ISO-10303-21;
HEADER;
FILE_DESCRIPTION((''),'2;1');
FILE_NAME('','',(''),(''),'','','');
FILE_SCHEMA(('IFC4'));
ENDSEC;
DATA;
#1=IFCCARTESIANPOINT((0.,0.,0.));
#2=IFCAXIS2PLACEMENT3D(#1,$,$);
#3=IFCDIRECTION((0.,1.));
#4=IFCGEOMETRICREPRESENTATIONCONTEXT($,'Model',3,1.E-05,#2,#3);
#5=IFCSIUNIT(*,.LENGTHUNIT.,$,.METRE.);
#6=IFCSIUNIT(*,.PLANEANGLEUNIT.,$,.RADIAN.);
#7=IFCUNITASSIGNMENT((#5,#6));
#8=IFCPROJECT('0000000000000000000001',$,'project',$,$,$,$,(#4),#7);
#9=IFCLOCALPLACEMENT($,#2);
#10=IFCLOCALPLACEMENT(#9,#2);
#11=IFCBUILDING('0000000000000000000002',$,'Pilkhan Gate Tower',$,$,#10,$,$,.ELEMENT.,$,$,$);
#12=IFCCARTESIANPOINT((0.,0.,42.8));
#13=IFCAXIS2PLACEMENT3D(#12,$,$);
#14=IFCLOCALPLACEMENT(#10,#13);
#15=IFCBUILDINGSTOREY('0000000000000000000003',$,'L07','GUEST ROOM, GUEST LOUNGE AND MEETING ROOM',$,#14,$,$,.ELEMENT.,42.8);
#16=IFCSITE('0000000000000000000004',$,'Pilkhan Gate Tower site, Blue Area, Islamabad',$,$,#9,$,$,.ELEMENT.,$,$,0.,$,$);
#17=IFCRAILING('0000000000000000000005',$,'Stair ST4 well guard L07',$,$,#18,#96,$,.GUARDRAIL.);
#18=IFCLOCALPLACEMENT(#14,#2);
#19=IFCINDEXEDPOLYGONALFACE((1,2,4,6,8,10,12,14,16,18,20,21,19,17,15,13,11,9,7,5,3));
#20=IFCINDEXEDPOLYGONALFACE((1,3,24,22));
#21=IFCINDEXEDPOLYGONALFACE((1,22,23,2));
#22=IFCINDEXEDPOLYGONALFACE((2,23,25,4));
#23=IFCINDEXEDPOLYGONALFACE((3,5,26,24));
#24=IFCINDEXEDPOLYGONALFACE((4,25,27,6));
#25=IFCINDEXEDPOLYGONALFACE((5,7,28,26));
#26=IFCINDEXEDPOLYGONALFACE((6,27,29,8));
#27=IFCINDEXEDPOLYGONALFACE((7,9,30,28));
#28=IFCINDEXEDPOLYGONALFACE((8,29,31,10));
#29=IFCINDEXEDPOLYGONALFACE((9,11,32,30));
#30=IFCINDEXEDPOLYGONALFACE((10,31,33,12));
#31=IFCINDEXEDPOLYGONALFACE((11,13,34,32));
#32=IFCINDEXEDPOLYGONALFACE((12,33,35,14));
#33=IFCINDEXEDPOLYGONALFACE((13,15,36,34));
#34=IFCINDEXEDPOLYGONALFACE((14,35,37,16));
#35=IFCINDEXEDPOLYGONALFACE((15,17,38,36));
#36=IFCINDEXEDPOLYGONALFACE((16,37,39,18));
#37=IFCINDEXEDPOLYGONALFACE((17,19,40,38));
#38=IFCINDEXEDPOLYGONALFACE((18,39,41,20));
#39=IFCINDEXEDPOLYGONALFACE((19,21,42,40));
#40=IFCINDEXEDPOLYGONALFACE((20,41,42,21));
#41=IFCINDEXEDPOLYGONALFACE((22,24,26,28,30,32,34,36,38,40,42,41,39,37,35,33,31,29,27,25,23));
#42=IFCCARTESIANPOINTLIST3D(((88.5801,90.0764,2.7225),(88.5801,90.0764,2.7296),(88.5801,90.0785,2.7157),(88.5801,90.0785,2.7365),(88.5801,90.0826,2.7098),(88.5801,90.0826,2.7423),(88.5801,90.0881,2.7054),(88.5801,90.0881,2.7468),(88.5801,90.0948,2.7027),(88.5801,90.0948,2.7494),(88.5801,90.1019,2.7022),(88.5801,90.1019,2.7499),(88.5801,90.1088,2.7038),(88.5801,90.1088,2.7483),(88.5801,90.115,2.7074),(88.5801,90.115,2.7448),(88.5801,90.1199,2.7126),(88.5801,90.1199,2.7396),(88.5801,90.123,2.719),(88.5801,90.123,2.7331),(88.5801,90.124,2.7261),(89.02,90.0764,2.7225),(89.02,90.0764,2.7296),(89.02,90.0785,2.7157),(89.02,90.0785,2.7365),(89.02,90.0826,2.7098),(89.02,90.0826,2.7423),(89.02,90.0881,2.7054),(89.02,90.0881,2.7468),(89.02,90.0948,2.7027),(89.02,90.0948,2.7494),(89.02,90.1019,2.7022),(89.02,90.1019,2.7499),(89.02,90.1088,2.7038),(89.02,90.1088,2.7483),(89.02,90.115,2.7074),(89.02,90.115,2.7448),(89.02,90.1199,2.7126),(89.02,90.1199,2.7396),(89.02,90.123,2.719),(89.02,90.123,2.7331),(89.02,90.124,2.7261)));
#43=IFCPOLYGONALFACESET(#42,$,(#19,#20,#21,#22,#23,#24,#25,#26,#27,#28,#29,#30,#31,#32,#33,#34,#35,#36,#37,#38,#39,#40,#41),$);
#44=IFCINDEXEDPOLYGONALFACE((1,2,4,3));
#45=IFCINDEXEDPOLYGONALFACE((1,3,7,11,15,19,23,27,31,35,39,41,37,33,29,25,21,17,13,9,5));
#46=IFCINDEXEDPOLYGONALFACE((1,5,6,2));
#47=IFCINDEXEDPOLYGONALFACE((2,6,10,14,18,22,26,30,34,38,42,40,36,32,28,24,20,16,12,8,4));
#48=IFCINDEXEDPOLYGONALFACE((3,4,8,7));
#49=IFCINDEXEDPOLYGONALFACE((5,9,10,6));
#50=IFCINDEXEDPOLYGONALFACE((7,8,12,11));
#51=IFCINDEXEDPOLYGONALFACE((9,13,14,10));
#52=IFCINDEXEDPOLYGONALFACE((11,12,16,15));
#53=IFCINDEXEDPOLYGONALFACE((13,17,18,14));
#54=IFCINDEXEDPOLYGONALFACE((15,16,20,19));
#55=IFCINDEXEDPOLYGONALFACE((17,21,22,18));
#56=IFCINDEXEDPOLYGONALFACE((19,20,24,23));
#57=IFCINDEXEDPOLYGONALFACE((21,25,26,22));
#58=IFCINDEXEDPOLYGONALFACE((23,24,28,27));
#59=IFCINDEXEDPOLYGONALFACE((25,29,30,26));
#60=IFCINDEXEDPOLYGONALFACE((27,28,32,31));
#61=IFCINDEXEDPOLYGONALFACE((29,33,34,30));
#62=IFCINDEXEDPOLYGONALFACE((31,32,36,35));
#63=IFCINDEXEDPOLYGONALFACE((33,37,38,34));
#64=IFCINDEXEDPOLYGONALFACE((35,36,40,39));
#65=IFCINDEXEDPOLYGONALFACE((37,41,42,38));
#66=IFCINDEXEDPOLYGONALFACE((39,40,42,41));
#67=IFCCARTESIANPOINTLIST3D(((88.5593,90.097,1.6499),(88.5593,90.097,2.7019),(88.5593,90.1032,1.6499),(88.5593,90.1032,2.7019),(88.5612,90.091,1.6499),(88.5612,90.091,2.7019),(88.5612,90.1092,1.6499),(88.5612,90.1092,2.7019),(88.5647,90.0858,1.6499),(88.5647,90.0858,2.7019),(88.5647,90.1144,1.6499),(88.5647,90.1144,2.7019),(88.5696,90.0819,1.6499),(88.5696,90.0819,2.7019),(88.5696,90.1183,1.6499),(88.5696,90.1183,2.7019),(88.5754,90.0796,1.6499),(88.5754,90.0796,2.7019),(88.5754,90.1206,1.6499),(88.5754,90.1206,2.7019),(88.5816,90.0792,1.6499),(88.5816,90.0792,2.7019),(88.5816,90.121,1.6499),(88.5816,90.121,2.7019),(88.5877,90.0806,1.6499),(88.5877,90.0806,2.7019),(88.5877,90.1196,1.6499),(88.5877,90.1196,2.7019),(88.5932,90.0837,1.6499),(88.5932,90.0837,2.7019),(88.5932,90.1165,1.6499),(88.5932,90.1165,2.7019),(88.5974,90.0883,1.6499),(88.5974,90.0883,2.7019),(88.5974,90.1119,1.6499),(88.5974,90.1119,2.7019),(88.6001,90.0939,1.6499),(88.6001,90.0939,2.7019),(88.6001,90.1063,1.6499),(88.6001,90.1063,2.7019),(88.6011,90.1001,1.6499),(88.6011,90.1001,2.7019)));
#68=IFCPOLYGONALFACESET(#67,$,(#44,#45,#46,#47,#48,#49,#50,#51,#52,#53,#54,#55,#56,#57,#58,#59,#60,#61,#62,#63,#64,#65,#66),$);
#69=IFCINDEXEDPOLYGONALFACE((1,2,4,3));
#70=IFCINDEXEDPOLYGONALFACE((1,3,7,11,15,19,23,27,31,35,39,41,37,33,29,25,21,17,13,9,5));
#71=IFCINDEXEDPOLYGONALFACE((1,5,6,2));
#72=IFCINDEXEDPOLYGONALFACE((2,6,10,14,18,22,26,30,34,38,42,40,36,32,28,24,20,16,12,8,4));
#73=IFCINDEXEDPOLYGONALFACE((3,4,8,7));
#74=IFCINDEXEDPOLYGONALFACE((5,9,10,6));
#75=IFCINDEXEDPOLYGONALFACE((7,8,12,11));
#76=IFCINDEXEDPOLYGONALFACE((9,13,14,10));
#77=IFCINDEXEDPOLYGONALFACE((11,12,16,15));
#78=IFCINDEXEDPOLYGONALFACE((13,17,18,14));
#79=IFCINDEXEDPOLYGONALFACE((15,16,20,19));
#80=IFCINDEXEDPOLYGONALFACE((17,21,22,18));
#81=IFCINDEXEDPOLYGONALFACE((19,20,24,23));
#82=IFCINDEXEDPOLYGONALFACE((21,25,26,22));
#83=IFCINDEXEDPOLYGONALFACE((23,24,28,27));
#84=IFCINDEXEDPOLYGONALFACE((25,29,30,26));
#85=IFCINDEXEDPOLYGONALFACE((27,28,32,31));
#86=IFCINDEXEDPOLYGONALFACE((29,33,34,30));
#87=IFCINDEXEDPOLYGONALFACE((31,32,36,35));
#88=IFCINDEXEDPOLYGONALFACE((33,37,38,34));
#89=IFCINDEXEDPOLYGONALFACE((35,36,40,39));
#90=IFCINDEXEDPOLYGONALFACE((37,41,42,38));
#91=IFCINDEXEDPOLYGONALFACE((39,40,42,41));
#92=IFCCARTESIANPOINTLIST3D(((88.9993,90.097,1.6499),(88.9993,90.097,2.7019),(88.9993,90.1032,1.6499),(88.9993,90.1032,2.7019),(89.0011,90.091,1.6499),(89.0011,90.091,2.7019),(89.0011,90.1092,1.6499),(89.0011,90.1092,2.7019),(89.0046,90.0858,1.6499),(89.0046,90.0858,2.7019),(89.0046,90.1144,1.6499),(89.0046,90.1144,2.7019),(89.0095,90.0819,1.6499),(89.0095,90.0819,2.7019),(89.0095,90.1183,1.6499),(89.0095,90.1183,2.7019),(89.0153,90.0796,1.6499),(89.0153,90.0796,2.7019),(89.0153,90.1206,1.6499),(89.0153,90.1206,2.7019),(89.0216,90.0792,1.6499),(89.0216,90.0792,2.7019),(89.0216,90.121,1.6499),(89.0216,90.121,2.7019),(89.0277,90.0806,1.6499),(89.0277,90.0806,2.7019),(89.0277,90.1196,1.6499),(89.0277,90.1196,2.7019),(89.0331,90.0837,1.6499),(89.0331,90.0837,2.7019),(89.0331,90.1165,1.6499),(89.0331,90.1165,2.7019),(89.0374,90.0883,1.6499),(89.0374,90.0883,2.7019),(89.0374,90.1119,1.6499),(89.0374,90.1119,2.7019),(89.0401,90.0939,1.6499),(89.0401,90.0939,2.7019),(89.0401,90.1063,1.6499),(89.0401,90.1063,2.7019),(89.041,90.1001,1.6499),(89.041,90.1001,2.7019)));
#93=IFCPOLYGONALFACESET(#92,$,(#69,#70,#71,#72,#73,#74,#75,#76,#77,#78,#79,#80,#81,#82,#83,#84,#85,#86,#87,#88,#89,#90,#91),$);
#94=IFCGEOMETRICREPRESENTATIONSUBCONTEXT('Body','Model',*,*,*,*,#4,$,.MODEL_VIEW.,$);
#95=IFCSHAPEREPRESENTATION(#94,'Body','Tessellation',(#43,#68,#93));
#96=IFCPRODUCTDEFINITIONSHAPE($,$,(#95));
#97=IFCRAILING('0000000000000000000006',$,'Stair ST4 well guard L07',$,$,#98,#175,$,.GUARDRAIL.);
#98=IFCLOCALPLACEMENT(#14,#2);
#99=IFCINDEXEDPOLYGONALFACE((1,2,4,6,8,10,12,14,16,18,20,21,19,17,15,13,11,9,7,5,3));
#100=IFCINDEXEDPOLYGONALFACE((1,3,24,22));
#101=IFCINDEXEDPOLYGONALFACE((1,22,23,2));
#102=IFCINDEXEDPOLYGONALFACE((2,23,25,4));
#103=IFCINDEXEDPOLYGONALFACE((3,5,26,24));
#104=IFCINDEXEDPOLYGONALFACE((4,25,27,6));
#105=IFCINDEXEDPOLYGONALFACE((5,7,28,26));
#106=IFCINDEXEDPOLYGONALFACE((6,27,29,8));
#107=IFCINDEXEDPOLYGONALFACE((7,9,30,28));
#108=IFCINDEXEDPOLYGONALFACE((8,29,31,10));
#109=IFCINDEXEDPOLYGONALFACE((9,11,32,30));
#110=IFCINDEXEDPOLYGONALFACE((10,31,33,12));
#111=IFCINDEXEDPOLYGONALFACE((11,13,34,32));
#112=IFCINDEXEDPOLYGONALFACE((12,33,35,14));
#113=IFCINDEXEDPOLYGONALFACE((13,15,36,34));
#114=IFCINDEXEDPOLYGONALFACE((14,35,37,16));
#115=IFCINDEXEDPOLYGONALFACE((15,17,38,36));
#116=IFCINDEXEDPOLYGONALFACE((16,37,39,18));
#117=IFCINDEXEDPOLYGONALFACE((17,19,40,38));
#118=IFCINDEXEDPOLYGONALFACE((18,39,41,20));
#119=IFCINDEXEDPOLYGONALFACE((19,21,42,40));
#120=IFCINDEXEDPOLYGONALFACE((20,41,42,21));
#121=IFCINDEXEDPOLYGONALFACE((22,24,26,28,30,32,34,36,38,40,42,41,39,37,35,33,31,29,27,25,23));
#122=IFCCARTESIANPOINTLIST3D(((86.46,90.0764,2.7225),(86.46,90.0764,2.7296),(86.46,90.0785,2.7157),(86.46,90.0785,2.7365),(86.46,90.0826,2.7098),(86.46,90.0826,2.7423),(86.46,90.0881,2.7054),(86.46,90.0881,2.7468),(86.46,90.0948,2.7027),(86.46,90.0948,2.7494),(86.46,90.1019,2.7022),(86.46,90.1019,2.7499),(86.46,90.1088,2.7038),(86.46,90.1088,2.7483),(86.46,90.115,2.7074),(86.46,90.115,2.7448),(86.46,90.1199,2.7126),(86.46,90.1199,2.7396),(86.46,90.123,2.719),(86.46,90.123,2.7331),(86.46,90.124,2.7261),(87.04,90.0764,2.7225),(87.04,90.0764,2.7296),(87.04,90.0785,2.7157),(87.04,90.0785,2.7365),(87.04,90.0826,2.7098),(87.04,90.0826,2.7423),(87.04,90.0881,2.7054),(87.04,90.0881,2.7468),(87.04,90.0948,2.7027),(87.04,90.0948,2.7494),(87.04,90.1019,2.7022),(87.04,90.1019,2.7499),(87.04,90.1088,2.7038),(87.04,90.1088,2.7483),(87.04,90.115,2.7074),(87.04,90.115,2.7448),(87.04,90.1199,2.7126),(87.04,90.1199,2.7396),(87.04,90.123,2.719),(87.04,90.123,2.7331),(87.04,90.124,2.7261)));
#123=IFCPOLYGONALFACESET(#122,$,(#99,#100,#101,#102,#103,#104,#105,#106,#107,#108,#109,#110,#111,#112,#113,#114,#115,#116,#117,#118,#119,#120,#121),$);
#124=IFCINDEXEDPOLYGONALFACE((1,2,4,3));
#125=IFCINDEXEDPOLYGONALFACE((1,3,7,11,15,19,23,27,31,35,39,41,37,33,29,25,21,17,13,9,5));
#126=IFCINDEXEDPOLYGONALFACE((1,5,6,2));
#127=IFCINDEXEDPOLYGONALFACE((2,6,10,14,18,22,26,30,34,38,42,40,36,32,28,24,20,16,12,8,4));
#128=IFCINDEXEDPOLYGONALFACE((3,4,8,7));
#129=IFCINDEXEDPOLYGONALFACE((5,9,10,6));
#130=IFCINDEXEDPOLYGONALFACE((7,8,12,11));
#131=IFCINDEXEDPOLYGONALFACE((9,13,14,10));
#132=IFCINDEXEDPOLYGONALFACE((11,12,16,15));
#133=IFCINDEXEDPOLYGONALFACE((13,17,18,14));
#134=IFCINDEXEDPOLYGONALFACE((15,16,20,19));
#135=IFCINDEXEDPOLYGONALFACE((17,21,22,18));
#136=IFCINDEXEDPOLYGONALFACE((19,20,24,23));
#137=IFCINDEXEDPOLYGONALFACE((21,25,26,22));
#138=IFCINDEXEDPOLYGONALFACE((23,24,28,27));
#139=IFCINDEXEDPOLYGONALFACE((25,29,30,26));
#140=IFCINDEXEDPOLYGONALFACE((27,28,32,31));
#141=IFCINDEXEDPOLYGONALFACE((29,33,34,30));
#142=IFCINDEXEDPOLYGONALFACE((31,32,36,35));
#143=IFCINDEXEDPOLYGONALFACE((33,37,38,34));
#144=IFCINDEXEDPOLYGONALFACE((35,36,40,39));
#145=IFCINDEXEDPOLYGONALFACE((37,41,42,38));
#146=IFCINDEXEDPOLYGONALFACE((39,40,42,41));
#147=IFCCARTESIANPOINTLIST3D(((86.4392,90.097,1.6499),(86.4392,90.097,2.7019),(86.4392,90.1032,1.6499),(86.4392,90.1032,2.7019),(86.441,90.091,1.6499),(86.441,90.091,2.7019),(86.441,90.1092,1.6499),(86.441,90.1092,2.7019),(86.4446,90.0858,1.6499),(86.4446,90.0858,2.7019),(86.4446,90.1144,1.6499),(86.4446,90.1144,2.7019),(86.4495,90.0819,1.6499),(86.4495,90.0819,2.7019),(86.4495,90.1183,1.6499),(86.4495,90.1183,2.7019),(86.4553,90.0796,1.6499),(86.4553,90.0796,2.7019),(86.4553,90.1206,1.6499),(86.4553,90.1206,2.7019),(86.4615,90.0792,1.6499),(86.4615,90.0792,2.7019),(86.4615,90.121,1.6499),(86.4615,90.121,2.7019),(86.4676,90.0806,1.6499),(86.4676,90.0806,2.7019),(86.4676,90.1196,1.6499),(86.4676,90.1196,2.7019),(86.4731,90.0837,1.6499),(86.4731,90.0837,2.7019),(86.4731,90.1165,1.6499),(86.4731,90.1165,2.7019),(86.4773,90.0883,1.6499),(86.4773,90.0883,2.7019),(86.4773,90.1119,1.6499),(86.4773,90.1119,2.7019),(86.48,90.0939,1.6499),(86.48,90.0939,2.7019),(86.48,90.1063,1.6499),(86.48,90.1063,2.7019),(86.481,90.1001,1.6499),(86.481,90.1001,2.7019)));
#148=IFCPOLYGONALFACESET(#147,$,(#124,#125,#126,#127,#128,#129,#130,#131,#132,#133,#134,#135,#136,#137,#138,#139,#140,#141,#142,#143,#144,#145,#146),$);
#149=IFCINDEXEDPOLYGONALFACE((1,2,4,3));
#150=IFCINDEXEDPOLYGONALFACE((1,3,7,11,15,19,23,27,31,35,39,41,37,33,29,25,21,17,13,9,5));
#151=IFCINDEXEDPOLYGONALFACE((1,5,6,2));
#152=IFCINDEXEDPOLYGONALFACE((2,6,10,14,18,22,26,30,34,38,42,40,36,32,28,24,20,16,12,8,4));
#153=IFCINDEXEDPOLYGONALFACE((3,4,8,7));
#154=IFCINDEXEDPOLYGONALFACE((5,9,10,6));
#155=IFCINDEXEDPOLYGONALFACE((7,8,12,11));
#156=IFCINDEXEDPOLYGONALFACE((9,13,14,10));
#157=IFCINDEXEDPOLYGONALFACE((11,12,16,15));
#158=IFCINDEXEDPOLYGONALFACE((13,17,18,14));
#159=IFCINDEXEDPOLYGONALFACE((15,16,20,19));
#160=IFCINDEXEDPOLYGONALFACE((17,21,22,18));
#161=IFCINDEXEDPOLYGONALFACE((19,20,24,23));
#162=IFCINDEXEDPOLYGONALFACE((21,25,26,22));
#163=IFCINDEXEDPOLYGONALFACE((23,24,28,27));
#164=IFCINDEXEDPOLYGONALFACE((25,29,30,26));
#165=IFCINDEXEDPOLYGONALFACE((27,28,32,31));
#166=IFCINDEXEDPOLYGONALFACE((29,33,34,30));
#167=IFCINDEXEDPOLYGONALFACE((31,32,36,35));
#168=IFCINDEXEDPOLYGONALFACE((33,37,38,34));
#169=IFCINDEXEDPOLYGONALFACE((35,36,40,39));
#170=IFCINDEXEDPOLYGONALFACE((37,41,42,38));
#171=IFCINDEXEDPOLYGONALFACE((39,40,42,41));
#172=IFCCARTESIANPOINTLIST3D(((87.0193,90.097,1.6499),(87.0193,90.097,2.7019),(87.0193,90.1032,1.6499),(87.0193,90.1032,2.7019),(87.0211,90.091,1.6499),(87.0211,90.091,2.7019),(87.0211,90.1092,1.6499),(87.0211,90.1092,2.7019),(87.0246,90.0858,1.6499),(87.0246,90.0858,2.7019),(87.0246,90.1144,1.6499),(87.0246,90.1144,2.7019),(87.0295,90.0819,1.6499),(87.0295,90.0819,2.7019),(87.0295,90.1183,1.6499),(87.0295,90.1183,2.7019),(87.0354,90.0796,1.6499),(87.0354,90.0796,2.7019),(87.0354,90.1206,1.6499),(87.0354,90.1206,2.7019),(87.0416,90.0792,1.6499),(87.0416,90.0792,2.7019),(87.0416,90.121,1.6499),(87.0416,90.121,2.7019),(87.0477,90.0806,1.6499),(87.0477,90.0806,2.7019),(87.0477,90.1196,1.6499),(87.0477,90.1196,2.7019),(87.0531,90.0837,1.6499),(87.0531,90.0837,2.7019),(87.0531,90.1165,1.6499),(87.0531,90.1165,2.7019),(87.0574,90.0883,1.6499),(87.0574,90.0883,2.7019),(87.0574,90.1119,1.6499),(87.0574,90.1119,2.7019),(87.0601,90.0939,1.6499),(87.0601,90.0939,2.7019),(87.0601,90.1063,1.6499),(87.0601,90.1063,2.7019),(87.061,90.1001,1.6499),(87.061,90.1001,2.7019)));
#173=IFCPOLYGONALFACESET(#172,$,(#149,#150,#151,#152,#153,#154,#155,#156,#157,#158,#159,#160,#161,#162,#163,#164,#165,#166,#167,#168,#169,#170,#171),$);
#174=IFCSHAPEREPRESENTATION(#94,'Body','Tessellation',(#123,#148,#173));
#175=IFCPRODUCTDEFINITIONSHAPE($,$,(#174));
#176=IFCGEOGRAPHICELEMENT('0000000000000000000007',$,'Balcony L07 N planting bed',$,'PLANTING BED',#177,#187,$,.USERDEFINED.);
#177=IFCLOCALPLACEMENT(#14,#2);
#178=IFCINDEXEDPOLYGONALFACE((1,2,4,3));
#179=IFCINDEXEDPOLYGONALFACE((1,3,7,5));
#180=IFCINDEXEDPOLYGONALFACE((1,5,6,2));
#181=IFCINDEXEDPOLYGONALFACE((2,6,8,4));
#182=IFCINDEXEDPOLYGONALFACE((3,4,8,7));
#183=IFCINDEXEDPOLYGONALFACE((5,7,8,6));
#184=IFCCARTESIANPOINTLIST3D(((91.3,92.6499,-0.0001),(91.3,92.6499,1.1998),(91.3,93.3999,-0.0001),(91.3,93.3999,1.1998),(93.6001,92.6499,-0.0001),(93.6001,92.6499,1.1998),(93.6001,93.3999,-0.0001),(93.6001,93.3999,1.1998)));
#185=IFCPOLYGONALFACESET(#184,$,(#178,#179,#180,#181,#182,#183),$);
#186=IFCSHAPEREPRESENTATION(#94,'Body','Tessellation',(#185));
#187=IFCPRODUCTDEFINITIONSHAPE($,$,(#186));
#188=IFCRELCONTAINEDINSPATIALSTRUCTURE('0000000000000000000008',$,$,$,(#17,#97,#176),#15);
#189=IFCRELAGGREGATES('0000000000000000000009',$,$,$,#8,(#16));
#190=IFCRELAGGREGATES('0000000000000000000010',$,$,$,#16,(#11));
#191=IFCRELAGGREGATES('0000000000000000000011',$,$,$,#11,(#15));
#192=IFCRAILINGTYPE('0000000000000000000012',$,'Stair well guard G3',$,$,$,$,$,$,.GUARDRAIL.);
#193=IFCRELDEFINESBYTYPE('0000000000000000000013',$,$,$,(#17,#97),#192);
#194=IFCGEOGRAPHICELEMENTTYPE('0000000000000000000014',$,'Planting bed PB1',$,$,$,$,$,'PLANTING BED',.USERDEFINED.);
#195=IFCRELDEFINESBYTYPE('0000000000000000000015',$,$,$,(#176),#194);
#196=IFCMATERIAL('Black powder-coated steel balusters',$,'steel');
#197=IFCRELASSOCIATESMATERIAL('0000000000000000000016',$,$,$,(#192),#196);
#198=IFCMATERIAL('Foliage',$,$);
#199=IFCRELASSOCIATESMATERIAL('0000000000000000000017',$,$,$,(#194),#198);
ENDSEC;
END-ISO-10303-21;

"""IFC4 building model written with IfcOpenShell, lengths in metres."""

from ifc_helpers import new_model, si_unit, direction, frame, origin, origin_2d, place, context, subcontext, project, spatial, rectangle, circle, extrude, material, material_profile, profile_set, type_object, element, save


model = new_model("IFC4")

# Units and contexts
model_context = context("Model", 3, precision=1e-05, world=origin(), true_north=direction((0.0, 1.0)))
body_context = subcontext(model_context, "Body", "Model", "MODEL_VIEW")
ifc_project = project(units=[si_unit("LENGTHUNIT", "METRE"), si_unit("PLANEANGLEUNIT", "RADIAN")], contexts=[model_context])

# Site, building, storey
site_placement = place(None, origin())
site = spatial("IfcSite", under=ifc_project, at=site_placement, Name="Pilkhan Gate Tower site, Blue Area, Islamabad", CompositionType="ELEMENT", RefElevation=0.0)
building_placement = place(site_placement, origin())
building = spatial("IfcBuilding", under=site, at=building_placement, Name="Pilkhan Gate Tower", CompositionType="ELEMENT")
storey_placement = place(building_placement, frame((0.0, 0.0, 42.8)))
storey = spatial("IfcBuildingStorey", under=building, at=storey_placement, Name="L07", Description="GUEST ROOM, GUEST LOUNGE AND MEETING ROOM", CompositionType="ELEMENT", Elevation=42.8)

# Railings
ifc_material_1 = material(Name="Black powder-coated steel balusters", Category="steel")
railing_type_1 = type_object("IfcRailingType", Name="Stair well guard G3", PredefinedType="GUARDRAIL", material=ifc_material_1)
railing_1_placement = place(storey_placement, frame((88.5801, 90.1001, 1.6499)))
element("IfcRailing", 1, at=railing_1_placement, inside=storey, type_object=railing_type_1, Name="Stair ST4 well guard L07", PredefinedType="GUARDRAIL", context=body_context, shape_type="SweptSolid", body=[
    extrude(circle(Radius=0.0239, at=origin_2d()), frame((0.0, 0.0, 1.0762), z_axis=(1.0, 0.0, 0.0), x_axis=(0.0, 1.0, 0.0)), (0.0, 0.0, 1.0), 0.4399),
    extrude(circle(Radius=0.021, at=origin_2d()), origin(), (0.0, 0.0, 1.0), 1.052),
    extrude(circle(Radius=0.021, at=origin_2d()), frame((0.4399, 0.0, 0.0)), (0.0, 0.0, 1.0), 1.052),
])
railing_2_placement = place(storey_placement, frame((86.46, 90.1001, 1.6499)))
element("IfcRailing", 2, at=railing_2_placement, inside=storey, type_object=railing_type_1, Name="Stair ST4 well guard L07", PredefinedType="GUARDRAIL", context=body_context, shape_type="SweptSolid", body=[
    extrude(circle(Radius=0.0239, at=origin_2d()), frame((0.0, 0.0, 1.0762), z_axis=(1.0, 0.0, 0.0), x_axis=(0.0, 1.0, 0.0)), (0.0, 0.0, 1.0), 0.5801),
    extrude(circle(Radius=0.021, at=origin_2d()), origin(), (0.0, 0.0, 1.0), 1.052),
    extrude(circle(Radius=0.021, at=origin_2d()), frame((0.5801, 0.0, 0.0)), (0.0, 0.0, 1.0), 1.052),
])

# Geographic element
ifc_material_2 = material(Name="Foliage")
ifc_material_profile_1 = material_profile(ifc_material_2, rectangle(XDim=0.75, YDim=1.2, at=origin_2d()), Name="Bed 750x1200")
ifc_profile_set_1 = profile_set([ifc_material_profile_1], Name="Foliage")
geographic_element_type = type_object("IfcGeographicElementType", Name="Planting bed PB1", ElementType="PLANTING BED", PredefinedType="USERDEFINED", material=ifc_profile_set_1)
geographic_element_placement = place(storey_placement, frame((91.3, 93.0249, 0.5999), z_axis=(1.0, 0.0, 0.0), x_axis=(0.0, 1.0, 0.0)))
element("IfcGeographicElement", 3, at=geographic_element_placement, inside=storey, type_object=geographic_element_type, Name="Balcony L07 N planting bed", ObjectType="PLANTING BED", PredefinedType="USERDEFINED", context=body_context, shape_type="SweptSolid", body=[
    extrude(rectangle(XDim=0.75, YDim=1.2, at=origin_2d()), origin(), (0.0, 0.0, 1.0), 2.3),
])

save(model, "model.ifc")
